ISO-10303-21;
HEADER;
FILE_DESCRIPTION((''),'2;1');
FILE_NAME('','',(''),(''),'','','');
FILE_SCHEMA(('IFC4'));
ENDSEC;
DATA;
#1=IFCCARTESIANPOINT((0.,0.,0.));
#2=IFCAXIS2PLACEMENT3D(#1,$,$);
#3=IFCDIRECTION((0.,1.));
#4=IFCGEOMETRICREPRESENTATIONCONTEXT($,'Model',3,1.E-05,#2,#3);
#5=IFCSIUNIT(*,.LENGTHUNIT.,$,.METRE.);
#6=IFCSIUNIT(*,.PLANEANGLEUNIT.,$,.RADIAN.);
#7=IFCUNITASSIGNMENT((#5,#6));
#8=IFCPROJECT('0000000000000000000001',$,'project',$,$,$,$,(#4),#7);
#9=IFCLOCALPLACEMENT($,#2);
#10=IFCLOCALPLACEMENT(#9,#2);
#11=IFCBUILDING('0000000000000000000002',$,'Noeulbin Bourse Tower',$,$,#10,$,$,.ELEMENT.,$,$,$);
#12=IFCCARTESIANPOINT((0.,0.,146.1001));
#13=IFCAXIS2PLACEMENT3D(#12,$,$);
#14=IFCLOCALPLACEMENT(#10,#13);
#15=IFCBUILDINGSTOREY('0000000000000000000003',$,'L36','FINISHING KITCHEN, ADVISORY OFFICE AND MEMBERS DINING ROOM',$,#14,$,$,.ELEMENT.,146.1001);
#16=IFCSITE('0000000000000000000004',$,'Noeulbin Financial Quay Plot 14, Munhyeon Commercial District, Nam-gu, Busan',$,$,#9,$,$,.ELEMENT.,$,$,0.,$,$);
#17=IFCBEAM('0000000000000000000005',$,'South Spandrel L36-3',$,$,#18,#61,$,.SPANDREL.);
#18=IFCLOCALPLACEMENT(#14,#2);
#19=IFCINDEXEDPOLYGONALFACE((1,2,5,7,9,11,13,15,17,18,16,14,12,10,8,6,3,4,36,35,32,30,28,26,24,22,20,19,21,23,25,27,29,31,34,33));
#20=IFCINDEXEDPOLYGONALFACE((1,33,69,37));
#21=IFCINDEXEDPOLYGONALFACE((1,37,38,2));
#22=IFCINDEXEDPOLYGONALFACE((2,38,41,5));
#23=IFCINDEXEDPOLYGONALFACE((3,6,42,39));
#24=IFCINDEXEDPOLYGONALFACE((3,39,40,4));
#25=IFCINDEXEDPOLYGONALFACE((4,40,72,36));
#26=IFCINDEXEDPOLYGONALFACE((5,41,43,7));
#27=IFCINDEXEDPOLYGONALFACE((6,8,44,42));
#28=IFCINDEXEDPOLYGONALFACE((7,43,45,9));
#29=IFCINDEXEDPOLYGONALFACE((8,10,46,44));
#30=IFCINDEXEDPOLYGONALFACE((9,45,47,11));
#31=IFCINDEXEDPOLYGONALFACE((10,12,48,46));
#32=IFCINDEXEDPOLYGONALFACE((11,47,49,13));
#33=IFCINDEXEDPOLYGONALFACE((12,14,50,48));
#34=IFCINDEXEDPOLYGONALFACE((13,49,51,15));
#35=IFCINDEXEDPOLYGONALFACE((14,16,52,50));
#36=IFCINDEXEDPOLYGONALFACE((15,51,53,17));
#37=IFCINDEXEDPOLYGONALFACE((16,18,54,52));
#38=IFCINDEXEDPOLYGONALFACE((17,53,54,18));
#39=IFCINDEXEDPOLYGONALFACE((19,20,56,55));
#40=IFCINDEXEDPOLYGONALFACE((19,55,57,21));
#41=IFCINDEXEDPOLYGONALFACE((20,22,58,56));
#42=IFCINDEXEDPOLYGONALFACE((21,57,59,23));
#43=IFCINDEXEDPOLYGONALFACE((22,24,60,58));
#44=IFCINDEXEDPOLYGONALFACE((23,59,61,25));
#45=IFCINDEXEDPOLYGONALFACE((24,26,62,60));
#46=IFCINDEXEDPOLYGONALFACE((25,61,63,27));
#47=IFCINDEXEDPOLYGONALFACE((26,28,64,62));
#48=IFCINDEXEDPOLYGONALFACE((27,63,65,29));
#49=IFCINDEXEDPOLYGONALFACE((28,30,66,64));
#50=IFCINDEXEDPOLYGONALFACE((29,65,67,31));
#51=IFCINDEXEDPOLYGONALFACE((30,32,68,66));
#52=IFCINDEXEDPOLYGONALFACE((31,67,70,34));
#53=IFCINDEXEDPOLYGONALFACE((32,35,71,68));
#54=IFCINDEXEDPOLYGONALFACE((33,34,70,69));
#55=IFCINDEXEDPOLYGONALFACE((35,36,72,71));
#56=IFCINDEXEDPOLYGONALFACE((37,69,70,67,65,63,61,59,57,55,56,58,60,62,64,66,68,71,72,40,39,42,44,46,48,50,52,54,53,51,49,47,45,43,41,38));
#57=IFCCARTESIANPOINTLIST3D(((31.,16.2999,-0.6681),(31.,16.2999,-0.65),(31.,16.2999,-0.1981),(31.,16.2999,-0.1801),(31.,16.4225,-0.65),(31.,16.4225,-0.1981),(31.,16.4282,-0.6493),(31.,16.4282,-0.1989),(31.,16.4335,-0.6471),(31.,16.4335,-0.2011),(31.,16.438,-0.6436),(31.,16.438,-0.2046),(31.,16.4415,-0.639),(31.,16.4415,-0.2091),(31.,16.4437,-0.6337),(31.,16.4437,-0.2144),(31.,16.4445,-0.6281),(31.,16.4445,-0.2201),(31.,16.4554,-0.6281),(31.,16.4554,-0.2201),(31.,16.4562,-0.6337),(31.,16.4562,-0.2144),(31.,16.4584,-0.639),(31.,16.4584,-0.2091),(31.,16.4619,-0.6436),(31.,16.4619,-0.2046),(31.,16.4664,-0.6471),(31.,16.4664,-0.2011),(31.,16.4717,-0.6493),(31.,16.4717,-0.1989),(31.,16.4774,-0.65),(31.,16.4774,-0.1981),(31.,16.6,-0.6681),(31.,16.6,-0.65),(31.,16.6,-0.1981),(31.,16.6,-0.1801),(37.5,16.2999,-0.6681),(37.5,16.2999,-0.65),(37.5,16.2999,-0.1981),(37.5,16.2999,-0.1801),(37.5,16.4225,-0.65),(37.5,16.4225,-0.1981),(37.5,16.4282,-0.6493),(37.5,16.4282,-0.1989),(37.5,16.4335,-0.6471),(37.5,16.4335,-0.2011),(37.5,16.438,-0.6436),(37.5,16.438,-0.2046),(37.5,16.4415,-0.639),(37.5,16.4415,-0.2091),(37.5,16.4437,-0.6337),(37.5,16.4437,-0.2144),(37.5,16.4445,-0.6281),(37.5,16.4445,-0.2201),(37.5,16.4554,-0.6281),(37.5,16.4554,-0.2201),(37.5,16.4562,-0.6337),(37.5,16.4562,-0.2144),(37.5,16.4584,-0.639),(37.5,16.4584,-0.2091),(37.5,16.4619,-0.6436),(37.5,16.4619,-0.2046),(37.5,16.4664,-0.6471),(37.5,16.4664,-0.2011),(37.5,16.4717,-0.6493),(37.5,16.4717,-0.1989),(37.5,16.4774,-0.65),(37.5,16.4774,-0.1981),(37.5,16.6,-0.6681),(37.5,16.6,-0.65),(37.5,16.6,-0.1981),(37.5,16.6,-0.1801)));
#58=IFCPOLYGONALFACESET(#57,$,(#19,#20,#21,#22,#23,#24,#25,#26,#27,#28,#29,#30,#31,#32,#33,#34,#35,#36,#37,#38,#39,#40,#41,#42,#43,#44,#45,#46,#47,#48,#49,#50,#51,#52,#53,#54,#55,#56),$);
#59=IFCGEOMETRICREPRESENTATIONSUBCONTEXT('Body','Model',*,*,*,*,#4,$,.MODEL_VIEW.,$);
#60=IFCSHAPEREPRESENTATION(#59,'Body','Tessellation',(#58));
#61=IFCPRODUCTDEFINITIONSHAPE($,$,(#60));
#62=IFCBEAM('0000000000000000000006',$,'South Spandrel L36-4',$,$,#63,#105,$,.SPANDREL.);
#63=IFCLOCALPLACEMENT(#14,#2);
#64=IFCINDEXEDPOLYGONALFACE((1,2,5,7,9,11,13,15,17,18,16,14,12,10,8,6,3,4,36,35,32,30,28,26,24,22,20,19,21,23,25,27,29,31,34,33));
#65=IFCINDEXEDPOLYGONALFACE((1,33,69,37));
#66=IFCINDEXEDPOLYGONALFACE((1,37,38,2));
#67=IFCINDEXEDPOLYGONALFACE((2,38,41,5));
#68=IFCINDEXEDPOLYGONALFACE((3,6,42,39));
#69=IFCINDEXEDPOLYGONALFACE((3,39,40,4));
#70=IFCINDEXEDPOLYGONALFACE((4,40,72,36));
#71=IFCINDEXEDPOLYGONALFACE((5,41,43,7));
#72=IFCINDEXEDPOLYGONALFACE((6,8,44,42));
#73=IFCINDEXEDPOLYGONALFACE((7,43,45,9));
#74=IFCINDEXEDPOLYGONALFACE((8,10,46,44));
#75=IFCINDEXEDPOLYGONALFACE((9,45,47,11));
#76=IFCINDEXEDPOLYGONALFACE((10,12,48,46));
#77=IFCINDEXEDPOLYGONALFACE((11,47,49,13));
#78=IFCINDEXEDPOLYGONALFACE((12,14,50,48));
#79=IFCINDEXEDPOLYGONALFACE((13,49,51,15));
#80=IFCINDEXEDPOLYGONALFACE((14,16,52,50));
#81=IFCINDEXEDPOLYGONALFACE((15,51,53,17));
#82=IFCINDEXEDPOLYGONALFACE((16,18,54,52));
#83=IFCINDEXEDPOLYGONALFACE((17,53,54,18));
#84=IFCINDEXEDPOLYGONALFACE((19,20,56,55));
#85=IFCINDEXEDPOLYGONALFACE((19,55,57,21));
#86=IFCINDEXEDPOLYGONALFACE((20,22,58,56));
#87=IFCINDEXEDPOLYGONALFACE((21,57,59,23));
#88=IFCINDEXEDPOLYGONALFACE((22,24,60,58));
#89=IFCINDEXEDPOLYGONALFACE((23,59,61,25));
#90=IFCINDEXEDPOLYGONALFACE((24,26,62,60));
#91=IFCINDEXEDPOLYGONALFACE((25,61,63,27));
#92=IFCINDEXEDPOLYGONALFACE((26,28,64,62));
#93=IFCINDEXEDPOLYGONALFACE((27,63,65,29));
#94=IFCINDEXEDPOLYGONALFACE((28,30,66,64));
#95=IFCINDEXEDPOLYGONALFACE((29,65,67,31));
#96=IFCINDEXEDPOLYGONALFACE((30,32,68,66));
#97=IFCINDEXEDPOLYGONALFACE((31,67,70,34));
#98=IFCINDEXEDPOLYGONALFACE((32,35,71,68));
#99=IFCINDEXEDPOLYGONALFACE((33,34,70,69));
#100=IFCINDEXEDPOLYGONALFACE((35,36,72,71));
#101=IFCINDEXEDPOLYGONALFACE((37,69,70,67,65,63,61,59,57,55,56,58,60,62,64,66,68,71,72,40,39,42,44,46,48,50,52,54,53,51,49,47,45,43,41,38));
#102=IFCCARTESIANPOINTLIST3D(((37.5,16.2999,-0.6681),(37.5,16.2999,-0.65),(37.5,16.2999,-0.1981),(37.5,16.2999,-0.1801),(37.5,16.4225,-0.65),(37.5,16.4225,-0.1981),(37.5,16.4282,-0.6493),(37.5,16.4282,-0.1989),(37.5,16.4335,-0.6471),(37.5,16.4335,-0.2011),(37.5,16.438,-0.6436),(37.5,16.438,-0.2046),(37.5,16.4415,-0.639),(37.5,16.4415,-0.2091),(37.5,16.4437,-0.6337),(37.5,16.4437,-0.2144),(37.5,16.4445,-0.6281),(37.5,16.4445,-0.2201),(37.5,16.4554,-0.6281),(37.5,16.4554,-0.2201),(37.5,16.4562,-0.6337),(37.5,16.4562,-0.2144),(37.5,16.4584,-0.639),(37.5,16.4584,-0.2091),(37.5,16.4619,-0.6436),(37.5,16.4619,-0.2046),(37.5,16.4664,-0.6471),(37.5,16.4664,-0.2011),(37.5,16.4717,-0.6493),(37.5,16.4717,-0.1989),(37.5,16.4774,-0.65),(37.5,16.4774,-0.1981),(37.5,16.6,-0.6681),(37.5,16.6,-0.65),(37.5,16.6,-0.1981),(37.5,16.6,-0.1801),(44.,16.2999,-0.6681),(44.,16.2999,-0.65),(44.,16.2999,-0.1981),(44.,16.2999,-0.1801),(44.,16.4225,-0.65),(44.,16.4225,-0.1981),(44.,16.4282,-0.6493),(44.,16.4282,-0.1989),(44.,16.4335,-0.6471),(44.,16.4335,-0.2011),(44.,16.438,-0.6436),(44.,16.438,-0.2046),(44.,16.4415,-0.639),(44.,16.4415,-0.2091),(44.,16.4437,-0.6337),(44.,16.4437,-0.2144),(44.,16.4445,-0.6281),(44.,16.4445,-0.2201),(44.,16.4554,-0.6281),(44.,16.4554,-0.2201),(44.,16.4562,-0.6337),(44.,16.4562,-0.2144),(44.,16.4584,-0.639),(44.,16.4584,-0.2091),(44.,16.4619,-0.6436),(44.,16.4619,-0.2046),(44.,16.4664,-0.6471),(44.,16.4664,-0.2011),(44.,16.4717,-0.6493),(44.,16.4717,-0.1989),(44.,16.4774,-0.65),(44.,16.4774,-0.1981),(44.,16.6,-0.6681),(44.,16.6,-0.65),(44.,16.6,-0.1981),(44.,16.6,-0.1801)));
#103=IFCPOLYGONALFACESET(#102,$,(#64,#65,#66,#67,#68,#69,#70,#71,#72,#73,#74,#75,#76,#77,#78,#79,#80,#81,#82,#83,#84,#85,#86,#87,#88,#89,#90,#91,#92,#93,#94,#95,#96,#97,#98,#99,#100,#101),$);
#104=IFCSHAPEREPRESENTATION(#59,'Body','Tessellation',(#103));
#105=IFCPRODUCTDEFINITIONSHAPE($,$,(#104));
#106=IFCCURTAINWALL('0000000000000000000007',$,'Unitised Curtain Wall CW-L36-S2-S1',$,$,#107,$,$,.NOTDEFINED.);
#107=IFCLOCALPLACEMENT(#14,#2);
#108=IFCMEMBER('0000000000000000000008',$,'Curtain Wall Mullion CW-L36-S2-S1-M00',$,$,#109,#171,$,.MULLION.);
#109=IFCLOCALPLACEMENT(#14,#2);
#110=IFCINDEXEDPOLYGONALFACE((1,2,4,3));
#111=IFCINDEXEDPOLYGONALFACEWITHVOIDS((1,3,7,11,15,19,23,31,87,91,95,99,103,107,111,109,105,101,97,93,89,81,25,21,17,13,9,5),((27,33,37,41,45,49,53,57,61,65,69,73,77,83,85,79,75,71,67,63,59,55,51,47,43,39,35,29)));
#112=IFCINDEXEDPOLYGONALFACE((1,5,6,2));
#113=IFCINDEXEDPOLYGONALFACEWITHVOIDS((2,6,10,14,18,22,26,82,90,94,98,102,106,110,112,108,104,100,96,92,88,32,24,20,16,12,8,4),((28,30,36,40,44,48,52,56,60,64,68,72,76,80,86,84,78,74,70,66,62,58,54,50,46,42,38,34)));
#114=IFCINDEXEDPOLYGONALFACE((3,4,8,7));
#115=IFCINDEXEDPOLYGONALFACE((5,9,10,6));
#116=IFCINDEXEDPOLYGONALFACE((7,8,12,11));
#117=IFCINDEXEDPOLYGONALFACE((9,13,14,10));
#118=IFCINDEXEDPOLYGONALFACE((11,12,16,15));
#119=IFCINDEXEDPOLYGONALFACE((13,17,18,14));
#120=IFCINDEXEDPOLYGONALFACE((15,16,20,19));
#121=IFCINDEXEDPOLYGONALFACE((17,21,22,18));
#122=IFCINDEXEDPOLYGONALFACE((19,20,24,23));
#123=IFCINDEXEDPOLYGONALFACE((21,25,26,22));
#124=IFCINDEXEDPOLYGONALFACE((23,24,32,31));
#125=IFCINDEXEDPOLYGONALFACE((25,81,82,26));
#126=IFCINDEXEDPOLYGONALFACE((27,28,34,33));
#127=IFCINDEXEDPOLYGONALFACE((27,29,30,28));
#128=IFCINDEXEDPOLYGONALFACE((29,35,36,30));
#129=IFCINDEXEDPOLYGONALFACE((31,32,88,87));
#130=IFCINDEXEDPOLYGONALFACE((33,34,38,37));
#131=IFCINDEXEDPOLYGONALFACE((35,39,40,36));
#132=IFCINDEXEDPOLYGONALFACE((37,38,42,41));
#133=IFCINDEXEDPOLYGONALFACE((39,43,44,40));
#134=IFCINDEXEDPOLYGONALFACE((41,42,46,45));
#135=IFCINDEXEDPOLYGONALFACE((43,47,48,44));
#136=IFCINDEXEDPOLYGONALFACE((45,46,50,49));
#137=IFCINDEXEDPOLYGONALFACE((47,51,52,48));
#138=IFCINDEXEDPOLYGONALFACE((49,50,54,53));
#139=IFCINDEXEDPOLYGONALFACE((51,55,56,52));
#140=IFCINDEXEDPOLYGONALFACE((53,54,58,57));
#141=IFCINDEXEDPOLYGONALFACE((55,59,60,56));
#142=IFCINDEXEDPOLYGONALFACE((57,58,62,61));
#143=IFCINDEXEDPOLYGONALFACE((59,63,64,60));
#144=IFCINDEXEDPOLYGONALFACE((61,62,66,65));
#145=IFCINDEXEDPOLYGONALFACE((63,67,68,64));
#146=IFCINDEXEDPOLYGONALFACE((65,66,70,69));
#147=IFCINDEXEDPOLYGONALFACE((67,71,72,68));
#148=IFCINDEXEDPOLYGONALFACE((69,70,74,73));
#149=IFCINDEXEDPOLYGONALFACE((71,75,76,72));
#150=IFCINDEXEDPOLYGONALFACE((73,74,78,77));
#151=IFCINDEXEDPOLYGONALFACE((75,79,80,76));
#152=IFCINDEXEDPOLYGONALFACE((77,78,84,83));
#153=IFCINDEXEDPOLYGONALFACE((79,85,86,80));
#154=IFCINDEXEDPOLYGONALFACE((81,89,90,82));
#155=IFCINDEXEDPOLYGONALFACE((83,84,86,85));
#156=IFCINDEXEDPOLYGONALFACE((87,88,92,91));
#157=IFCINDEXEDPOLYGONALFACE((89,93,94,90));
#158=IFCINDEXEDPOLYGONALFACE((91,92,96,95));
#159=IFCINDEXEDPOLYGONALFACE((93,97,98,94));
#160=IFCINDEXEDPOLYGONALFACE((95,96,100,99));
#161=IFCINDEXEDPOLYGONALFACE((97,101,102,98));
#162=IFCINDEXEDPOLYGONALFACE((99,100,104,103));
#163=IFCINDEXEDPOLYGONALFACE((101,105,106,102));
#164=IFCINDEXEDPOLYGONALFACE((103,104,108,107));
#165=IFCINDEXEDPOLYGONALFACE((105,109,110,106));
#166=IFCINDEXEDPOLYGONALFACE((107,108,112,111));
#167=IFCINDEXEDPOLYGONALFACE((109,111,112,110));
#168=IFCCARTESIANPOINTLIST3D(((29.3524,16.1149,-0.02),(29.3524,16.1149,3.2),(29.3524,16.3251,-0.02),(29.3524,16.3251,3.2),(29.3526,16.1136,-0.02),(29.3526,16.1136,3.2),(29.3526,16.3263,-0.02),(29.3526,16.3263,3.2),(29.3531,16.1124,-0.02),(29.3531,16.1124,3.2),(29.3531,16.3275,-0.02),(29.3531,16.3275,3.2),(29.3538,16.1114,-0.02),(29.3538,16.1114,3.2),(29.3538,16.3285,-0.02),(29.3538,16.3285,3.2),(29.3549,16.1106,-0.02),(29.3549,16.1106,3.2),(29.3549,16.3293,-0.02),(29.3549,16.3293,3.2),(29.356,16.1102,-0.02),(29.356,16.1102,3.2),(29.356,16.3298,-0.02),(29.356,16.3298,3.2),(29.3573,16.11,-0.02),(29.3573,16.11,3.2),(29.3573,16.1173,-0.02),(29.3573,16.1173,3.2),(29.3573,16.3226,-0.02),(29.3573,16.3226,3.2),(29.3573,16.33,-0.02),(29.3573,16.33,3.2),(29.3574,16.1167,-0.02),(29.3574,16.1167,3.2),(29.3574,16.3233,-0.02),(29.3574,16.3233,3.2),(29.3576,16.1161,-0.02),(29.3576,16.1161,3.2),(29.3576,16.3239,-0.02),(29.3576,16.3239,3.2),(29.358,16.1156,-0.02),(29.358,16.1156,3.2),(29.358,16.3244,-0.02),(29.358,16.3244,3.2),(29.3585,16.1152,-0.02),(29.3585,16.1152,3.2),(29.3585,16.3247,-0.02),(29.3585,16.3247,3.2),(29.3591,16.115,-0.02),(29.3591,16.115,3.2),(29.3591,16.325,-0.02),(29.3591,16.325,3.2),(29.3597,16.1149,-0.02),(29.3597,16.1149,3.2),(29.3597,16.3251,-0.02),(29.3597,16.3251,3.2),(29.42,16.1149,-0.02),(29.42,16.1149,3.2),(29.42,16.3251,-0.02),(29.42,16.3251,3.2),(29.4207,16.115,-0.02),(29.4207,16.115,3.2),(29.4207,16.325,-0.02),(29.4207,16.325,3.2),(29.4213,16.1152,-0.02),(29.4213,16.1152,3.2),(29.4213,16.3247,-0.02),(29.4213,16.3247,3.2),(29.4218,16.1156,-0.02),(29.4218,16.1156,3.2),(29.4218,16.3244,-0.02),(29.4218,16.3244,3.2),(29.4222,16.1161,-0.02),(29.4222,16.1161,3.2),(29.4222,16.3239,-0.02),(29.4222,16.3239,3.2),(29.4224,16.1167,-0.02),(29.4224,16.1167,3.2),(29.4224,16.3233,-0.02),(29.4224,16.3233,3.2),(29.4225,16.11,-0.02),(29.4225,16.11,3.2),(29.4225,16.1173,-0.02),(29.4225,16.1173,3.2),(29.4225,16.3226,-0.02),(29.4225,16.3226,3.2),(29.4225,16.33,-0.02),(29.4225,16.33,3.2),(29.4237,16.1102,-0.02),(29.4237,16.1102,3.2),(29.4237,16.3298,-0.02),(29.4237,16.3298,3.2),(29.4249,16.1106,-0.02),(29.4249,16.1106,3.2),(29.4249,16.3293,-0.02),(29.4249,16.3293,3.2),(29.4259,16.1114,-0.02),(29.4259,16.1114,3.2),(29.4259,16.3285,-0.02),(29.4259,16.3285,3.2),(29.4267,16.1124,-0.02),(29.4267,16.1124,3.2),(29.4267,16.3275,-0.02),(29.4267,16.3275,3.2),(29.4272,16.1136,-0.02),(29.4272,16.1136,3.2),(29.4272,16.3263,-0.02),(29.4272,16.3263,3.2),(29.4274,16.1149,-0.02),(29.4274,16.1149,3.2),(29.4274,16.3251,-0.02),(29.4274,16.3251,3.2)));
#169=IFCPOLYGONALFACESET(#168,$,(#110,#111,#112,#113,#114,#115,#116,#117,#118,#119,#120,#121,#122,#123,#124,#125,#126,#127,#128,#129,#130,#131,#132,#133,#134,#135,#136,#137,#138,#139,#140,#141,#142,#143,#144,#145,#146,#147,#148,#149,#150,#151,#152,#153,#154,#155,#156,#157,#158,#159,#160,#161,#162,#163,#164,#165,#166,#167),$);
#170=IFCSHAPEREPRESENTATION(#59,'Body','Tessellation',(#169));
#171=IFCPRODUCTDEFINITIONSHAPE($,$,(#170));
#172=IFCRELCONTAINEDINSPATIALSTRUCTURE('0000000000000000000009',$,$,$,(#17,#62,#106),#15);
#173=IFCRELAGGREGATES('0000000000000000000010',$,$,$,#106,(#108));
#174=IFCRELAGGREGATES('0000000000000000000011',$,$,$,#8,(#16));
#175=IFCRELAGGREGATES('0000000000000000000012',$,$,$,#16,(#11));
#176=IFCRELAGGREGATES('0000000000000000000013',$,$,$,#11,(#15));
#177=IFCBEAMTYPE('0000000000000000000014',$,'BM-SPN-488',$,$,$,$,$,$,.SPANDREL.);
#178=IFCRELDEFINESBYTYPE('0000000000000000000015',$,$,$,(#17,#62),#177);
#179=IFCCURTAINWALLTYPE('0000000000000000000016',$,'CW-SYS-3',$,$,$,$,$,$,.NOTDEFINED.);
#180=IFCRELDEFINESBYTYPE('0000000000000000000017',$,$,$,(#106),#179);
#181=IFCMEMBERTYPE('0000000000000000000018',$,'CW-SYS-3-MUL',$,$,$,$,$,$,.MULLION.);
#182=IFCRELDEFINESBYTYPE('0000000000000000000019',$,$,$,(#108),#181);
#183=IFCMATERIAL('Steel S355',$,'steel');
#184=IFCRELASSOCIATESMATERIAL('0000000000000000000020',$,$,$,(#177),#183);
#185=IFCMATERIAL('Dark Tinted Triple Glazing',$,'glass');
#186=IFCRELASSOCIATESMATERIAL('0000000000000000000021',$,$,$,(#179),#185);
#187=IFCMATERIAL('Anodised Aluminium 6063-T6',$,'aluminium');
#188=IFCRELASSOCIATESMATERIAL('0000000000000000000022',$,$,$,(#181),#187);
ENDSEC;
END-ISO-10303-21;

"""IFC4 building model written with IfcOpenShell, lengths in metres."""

from ifc_helpers import new_model, si_unit, direction, frame, origin, origin_2d, place, context, subcontext, project, spatial, hollow_rectangle, i_section, extrude, material, material_profile, profile_set, type_object, element, aggregate, save


model = new_model("IFC4")

# Units and contexts
model_context = context("Model", 3, precision=1e-05, world=origin(), true_north=direction((0.0, 1.0)))
body_context = subcontext(model_context, "Body", "Model", "MODEL_VIEW")
ifc_project = project(units=[si_unit("LENGTHUNIT", "METRE"), si_unit("PLANEANGLEUNIT", "RADIAN")], contexts=[model_context])

# Site, building, storey
site_placement = place(None, origin())
site = spatial("IfcSite", under=ifc_project, at=site_placement, Name="Noeulbin Financial Quay Plot 14, Munhyeon Commercial District, Nam-gu, Busan", CompositionType="ELEMENT", RefElevation=0.0)
building_placement = place(site_placement, origin())
building = spatial("IfcBuilding", under=site, at=building_placement, Name="Noeulbin Bourse Tower", CompositionType="ELEMENT")
storey_placement = place(building_placement, frame((0.0, 0.0, 146.1001)))
storey = spatial("IfcBuildingStorey", under=building, at=storey_placement, Name="L36", Description="FINISHING KITCHEN, ADVISORY OFFICE AND MEMBERS DINING ROOM", CompositionType="ELEMENT", Elevation=146.1001)

# Shared definitions
ifc_material_1 = material(Name="Steel S355", Category="steel")

# Beams
ifc_material_profile_1 = material_profile(ifc_material_1, i_section(OverallWidth=0.3, OverallDepth=0.488, WebThickness=0.011, FlangeThickness=0.0181, FilletRadius=0.022, at=origin_2d()), Name="H-488x300x11x18", Category="LoadBearing")
ifc_profile_set_1 = profile_set([ifc_material_profile_1], Name="Steel S355")
beam_type_1 = type_object("IfcBeamType", Name="BM-SPN-488", PredefinedType="SPANDREL", material=ifc_profile_set_1)
for number, where, z_axis, x_axis, name in (
    (1, (31.0, 16.45, -0.4241), (1.0, 0.0, 0.0), (0.0, 1.0, 0.0), "South Spandrel L36-3"),
    (2, (37.5, 16.45, -0.4241), (1.0, 0.0, 0.0), (0.0, 1.0, 0.0), "South Spandrel L36-4"),
):
    element("IfcBeam", number, at=place(storey_placement, frame(where, z_axis=z_axis, x_axis=x_axis)), inside=storey, type_object=beam_type_1, Name=name, PredefinedType="SPANDREL", context=body_context, shape_type="SweptSolid", body=[
        extrude(i_section(OverallWidth=0.3, OverallDepth=0.488, WebThickness=0.011, FlangeThickness=0.0181, FilletRadius=0.022, at=origin_2d()), origin(), (0.0, 0.0, 1.0), 6.5),
    ])

# Curtain wall, member
ifc_material_2 = material(Name="Dark Tinted Triple Glazing", Category="glass")
curtain_wall_type = type_object("IfcCurtainWallType", Name="CW-SYS-3", PredefinedType="NOTDEFINED", material=ifc_material_2)
curtain_wall_1_placement = place(storey_placement, origin())
curtain_wall_1 = element("IfcCurtainWall", 3, at=curtain_wall_1_placement, inside=storey, type_object=curtain_wall_type, Name="Unitised Curtain Wall CW-L36-S2-S1", PredefinedType="NOTDEFINED")
ifc_material_3 = material(Name="Anodised Aluminium 6063-T6", Category="aluminium")
ifc_material_profile_2 = material_profile(ifc_material_3, hollow_rectangle(XDim=0.075, YDim=0.22, WallThickness=0.0049, InnerFilletRadius=0.0024, OuterFilletRadius=0.0049, at=origin_2d()), Name="ALU-MULL-75x220x5", Category="LoadBearing")
ifc_profile_set_2 = profile_set([ifc_material_profile_2], Name="Anodised Aluminium 6063-T6")
member_type_1 = type_object("IfcMemberType", Name="CW-SYS-3-MUL", PredefinedType="MULLION", material=ifc_profile_set_2)
member_1_placement = place(storey_placement, frame((29.3899, 16.22, -0.02), z_axis=(0.0, 0.0, 1.0), x_axis=(1.0, 0.0, 0.0)))
member_1 = element("IfcMember", 4, at=member_1_placement, type_object=member_type_1, Name="Curtain Wall Mullion CW-L36-S2-S1-M00", PredefinedType="MULLION", context=body_context, shape_type="SweptSolid", body=[
    extrude(hollow_rectangle(XDim=0.075, YDim=0.22, WallThickness=0.0049, InnerFilletRadius=0.0024, OuterFilletRadius=0.0049, at=origin_2d()), origin(), (0.0, 0.0, 1.0), 3.22),
])

aggregate(curtain_wall_1, [member_1])

save(model, "model.ifc")
